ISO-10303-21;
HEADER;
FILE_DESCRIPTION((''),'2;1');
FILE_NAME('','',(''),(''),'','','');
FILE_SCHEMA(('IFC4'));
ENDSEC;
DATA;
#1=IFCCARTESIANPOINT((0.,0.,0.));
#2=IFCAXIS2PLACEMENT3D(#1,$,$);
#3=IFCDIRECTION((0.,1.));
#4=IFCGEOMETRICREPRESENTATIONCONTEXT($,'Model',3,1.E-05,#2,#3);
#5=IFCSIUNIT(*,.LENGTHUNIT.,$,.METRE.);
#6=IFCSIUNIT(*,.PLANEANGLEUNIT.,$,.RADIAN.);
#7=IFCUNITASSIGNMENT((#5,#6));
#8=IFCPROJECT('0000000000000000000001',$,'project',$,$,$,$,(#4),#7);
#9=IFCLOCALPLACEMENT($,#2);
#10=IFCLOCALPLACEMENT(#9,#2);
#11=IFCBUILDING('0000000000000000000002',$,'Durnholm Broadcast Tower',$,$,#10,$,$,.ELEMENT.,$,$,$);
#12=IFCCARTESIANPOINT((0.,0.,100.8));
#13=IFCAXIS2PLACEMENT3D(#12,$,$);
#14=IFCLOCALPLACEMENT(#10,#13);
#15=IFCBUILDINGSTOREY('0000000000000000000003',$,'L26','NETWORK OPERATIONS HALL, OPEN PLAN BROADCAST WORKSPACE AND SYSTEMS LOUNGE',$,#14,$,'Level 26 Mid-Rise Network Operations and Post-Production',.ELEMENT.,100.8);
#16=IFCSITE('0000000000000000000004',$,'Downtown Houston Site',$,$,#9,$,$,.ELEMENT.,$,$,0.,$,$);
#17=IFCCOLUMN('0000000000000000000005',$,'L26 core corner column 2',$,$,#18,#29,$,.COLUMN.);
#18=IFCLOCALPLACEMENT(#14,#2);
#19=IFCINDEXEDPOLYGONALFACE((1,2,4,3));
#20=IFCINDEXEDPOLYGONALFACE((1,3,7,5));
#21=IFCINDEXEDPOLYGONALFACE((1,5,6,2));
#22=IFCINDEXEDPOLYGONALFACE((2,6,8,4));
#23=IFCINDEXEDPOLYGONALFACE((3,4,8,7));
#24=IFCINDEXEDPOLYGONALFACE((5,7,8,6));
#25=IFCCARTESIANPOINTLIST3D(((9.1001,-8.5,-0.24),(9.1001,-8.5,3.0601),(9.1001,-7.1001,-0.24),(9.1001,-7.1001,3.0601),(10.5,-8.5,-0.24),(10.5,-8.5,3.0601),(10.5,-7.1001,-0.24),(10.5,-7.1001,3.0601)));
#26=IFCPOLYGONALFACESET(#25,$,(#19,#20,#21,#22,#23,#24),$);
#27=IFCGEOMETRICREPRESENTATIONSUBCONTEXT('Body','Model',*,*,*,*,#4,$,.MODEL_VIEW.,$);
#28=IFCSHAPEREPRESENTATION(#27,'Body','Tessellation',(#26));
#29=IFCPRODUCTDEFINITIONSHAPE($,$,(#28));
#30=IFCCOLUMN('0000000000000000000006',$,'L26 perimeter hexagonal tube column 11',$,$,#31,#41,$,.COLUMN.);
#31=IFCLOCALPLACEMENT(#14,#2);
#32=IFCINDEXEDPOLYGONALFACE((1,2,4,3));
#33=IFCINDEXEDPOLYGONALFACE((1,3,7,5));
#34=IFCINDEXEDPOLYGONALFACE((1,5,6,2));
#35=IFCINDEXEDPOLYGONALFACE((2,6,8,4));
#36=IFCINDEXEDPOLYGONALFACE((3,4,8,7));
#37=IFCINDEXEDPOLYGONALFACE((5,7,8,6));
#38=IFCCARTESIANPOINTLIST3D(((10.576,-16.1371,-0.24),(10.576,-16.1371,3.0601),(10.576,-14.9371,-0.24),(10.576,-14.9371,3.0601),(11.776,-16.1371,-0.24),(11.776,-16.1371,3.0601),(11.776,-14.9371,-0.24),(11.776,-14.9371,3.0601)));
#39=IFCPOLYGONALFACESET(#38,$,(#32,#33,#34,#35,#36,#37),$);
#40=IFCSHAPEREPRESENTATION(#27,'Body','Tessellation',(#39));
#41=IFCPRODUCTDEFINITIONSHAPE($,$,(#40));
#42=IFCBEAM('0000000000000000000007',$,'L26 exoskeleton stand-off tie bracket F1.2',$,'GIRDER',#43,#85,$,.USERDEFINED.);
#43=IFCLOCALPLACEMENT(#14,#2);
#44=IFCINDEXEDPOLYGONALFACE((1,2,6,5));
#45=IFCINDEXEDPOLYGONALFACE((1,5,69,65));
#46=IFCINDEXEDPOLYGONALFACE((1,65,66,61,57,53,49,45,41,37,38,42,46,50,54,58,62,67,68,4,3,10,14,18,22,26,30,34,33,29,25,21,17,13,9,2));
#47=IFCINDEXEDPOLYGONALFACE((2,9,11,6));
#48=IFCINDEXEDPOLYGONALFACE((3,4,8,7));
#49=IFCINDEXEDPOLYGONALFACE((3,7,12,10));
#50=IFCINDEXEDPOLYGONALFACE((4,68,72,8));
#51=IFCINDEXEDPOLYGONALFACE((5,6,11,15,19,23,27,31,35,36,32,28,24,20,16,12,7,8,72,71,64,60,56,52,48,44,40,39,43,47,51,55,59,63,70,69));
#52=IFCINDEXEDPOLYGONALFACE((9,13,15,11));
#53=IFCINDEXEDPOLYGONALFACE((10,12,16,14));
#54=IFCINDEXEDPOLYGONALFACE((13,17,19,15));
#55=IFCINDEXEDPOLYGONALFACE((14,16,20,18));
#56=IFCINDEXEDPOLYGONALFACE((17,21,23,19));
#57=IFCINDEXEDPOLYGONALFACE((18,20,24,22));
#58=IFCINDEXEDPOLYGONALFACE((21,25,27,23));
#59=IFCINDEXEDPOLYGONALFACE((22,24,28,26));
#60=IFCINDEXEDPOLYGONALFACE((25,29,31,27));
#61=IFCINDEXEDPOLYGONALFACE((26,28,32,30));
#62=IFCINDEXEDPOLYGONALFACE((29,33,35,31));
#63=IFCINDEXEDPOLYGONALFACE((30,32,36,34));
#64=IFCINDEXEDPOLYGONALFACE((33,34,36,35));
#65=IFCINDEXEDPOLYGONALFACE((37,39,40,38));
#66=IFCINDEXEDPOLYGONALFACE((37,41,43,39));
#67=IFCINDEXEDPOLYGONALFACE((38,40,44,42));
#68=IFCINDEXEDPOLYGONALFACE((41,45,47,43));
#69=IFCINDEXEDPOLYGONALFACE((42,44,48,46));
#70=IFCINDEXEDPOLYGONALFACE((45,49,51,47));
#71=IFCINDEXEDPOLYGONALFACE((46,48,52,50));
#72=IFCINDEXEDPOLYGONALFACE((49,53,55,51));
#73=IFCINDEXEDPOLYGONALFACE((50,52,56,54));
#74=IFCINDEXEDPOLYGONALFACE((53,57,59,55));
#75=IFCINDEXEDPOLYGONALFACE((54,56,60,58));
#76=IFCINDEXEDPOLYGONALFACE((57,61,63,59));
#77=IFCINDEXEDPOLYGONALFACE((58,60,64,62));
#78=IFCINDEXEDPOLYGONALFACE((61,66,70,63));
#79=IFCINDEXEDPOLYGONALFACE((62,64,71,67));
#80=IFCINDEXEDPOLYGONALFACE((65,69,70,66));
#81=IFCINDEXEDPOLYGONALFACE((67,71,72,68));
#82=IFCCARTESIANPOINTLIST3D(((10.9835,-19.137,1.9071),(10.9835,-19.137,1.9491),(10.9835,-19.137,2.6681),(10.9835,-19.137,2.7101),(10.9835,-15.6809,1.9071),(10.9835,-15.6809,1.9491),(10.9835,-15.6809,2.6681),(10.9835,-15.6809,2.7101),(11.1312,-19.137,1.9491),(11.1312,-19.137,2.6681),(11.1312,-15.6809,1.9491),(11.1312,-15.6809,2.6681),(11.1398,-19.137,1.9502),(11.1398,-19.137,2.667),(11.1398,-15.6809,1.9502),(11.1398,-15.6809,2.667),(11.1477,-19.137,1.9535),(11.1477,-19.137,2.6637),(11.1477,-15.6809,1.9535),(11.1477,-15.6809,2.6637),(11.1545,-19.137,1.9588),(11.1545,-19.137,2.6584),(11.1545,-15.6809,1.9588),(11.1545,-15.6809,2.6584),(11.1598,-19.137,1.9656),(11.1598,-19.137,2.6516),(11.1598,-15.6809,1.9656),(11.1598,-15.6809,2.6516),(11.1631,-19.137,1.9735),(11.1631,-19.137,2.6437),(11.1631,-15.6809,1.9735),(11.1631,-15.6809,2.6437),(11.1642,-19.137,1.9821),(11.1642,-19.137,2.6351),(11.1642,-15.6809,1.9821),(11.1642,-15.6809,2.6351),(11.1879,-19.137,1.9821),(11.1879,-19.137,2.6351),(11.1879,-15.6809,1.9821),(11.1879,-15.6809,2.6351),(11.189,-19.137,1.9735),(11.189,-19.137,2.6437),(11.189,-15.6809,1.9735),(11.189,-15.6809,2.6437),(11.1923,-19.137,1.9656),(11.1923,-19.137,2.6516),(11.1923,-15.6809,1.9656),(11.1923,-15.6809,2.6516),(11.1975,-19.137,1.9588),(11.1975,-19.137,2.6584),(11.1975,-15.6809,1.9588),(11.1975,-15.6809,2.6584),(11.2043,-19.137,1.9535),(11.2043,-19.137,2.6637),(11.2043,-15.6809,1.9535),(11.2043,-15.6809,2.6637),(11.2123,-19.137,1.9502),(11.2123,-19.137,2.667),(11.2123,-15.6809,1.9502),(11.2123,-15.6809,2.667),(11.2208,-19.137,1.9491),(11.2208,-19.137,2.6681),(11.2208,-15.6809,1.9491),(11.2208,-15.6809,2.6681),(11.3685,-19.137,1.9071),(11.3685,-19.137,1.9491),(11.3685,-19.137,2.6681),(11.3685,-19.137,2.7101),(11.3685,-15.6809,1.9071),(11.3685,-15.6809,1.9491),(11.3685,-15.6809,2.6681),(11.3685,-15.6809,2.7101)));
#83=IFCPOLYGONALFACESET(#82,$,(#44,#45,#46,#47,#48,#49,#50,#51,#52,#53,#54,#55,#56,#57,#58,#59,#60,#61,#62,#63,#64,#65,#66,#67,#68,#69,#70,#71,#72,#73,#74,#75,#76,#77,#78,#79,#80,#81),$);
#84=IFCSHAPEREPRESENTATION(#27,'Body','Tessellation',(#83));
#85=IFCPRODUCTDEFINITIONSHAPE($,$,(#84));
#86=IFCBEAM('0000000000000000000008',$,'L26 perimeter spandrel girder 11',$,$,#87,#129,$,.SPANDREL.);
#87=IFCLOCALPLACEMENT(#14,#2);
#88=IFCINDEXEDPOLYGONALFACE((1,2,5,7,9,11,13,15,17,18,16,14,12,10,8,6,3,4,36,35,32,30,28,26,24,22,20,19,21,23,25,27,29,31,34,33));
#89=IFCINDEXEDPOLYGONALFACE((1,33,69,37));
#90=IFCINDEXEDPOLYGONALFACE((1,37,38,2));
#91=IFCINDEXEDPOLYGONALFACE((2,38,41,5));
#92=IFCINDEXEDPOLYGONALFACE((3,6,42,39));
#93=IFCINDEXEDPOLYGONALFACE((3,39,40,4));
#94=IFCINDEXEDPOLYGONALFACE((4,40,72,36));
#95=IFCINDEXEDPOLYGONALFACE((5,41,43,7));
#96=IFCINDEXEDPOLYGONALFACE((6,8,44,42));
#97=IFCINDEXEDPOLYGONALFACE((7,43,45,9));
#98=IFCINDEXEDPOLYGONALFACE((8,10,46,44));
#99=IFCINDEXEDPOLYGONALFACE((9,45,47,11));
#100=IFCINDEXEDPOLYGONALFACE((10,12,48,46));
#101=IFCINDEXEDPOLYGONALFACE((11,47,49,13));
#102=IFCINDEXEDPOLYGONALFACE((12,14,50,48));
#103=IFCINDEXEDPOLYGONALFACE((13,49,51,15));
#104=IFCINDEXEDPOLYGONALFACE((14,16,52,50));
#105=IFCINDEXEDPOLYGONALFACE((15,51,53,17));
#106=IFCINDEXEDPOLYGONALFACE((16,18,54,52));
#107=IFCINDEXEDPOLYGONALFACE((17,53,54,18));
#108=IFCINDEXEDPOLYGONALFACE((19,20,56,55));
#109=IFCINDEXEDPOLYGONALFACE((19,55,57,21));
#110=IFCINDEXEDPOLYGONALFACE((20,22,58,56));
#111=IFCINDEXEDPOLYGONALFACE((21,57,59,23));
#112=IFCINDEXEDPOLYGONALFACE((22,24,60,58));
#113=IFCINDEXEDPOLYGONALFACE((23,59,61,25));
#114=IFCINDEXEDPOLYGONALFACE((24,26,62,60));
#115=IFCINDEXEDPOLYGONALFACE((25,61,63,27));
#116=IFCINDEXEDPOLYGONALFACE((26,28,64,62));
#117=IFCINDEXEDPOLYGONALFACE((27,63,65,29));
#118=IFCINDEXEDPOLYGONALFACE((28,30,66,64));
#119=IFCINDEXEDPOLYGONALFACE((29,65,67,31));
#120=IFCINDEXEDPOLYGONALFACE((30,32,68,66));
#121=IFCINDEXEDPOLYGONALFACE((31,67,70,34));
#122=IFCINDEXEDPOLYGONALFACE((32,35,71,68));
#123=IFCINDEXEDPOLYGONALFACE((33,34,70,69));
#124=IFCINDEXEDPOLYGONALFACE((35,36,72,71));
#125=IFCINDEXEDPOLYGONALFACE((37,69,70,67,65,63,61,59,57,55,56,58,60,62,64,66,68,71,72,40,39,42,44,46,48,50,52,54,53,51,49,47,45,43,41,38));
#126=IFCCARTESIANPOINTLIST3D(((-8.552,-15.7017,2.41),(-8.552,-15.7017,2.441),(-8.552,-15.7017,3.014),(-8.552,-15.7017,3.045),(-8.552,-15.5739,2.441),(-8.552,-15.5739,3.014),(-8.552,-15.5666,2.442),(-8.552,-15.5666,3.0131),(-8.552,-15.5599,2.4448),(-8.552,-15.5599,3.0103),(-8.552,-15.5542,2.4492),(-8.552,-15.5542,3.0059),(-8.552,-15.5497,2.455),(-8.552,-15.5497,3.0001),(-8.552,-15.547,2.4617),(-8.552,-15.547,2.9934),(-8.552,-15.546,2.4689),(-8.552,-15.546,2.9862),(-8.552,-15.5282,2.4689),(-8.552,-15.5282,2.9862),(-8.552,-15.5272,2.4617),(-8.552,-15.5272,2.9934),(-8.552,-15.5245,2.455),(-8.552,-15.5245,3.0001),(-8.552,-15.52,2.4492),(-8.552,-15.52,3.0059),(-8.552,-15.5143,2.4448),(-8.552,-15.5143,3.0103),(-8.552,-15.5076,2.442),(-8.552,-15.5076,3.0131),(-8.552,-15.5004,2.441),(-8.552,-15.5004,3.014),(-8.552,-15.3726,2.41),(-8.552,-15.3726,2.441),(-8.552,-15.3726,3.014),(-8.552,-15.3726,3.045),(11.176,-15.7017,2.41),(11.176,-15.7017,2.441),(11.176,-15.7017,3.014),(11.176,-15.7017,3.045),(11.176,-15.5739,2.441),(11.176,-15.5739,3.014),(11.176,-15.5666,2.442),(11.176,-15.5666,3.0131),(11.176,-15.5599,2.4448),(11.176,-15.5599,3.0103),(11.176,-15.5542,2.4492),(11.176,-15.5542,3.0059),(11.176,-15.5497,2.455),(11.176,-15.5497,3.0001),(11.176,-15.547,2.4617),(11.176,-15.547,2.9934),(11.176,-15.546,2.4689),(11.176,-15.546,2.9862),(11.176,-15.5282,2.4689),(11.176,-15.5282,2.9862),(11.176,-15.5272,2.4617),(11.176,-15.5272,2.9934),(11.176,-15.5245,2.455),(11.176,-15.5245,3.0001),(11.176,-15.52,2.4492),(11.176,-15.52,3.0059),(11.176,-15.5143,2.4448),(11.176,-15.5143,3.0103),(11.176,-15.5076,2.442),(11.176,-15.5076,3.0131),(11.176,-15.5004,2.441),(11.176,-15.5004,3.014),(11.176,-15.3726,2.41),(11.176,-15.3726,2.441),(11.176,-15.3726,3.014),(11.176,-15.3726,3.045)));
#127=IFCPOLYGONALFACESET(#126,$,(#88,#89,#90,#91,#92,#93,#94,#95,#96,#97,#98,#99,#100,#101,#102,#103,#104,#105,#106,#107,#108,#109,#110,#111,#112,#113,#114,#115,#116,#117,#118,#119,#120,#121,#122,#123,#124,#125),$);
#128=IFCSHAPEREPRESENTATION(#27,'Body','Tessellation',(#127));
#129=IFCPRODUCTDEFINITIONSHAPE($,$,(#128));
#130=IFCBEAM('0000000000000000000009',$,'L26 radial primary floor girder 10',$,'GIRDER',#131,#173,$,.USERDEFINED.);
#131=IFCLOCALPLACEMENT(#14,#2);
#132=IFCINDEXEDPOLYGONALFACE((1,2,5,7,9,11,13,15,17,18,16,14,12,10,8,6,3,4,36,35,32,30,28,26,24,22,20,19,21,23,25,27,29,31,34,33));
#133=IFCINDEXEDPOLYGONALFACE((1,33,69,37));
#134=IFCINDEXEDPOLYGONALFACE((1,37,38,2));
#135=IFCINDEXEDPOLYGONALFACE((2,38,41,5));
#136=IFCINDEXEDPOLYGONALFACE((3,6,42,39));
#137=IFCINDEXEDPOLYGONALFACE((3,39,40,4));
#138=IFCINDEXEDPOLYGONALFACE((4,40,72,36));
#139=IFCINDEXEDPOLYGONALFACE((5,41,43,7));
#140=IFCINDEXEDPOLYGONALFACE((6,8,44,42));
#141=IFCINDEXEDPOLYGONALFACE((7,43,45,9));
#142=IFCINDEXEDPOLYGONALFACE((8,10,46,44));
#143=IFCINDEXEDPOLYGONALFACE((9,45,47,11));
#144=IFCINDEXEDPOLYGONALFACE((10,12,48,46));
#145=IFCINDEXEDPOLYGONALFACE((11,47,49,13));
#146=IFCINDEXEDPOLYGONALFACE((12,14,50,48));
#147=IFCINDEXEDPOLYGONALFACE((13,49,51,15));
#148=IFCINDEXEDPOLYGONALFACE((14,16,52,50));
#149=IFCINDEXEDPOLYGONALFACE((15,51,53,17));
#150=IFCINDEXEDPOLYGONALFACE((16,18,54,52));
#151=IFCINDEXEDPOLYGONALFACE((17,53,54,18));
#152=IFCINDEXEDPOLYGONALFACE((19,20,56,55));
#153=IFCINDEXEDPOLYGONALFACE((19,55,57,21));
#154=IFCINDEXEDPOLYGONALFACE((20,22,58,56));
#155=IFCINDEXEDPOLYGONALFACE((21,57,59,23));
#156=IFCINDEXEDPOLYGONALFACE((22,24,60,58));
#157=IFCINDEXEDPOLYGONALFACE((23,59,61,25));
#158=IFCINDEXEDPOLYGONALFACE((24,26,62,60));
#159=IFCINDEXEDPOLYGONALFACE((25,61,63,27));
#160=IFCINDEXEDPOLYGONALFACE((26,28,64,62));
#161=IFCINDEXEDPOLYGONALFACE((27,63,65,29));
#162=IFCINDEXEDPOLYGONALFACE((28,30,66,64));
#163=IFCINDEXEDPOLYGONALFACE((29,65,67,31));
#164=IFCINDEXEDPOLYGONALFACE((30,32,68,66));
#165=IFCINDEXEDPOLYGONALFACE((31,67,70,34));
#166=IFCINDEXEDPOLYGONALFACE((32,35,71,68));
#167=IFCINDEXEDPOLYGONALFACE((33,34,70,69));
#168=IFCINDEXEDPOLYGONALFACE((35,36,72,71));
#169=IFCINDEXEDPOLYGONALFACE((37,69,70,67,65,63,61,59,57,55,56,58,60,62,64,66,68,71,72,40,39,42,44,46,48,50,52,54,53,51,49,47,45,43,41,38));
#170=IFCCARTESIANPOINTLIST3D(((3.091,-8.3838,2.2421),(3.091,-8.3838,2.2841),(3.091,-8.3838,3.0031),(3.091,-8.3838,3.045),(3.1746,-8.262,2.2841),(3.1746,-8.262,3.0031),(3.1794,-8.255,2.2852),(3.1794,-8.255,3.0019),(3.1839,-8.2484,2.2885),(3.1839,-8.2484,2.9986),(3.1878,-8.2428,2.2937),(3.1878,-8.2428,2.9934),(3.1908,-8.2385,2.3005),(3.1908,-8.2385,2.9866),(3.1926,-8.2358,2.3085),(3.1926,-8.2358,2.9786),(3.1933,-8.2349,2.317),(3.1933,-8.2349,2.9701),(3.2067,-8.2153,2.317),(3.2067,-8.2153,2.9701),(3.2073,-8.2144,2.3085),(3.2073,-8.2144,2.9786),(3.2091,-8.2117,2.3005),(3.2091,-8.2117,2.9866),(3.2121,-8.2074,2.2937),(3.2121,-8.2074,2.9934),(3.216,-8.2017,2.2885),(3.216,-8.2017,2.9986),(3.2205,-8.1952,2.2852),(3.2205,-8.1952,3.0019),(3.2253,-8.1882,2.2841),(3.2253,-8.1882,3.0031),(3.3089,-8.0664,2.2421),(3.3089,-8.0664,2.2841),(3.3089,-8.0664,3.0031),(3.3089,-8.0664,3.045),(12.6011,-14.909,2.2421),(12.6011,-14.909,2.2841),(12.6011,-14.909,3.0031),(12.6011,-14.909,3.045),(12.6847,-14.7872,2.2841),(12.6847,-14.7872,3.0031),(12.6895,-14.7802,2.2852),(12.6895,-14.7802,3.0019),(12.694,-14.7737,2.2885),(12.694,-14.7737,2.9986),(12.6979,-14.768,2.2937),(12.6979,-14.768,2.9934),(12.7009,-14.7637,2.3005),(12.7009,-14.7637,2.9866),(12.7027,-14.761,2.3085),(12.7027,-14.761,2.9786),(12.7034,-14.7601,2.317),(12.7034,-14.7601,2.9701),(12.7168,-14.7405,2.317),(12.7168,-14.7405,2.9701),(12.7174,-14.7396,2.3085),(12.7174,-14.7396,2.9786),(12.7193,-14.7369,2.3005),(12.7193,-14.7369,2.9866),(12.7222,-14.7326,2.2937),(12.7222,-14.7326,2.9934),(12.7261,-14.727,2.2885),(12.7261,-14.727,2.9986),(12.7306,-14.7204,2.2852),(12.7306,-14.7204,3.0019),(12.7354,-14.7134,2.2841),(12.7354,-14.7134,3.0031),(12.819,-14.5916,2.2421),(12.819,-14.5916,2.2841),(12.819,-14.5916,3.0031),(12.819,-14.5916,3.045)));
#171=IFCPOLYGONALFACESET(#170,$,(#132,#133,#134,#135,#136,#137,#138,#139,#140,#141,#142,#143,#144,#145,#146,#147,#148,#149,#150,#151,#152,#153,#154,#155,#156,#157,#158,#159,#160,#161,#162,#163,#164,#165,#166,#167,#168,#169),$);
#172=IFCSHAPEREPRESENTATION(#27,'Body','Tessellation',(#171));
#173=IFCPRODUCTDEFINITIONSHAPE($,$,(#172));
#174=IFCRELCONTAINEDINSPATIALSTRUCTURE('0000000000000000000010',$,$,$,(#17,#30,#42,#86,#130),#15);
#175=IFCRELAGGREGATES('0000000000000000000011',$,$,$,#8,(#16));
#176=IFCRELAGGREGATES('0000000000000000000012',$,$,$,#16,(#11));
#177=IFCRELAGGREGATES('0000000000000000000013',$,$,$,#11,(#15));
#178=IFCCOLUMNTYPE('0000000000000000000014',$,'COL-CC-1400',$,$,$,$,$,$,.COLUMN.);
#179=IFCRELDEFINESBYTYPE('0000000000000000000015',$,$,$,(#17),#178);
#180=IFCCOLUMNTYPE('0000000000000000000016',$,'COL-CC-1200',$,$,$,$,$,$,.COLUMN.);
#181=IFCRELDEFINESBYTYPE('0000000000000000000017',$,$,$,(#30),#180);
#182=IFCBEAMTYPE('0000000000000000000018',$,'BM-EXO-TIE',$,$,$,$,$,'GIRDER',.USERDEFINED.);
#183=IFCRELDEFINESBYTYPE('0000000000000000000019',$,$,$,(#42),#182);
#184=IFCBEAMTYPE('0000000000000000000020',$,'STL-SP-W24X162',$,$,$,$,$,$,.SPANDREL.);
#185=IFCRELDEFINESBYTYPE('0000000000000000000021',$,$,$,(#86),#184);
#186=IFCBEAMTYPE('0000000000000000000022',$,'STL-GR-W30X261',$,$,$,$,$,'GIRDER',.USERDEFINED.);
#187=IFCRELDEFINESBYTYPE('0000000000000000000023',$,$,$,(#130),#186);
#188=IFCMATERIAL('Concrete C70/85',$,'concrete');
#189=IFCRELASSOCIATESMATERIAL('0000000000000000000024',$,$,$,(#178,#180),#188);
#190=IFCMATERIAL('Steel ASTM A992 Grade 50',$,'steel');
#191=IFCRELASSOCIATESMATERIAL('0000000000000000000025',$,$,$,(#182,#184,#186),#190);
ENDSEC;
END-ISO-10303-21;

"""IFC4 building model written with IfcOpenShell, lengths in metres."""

from ifc_helpers import new_model, si_unit, direction, frame, origin, origin_2d, place, context, subcontext, project, spatial, rectangle, i_section, extrude, source, transform, mapped, material, material_profile, profile_set, type_object, type_shapes, element, save


model = new_model("IFC4")

# Units and contexts
model_context = context("Model", 3, precision=1e-05, world=origin(), true_north=direction((0.0, 1.0)))
body_context = subcontext(model_context, "Body", "Model", "MODEL_VIEW")
ifc_project = project(units=[si_unit("LENGTHUNIT", "METRE"), si_unit("PLANEANGLEUNIT", "RADIAN")], contexts=[model_context])

# Site, building, storey
site_placement = place(None, origin())
site = spatial("IfcSite", under=ifc_project, at=site_placement, Name="Downtown Houston Site", CompositionType="ELEMENT", RefElevation=0.0)
building_placement = place(site_placement, origin())
building = spatial("IfcBuilding", under=site, at=building_placement, Name="Durnholm Broadcast Tower", CompositionType="ELEMENT")
storey_placement = place(building_placement, frame((0.0, 0.0, 100.8)))
storey = spatial("IfcBuildingStorey", under=building, at=storey_placement, Name="L26", Description="NETWORK OPERATIONS HALL, OPEN PLAN BROADCAST WORKSPACE AND SYSTEMS LOUNGE", LongName="Level 26 Mid-Rise Network Operations and Post-Production", CompositionType="ELEMENT", Elevation=100.8)

# Columns
ifc_material_1 = material(Name="Concrete C70/85", Category="concrete")
ifc_material_profile_1 = material_profile(ifc_material_1, rectangle(XDim=1.3999, YDim=1.3999, at=origin_2d()), Name="RC1400X1400")
ifc_profile_set_1 = profile_set([ifc_material_profile_1], Name="Concrete C70/85")
column_type_1 = type_object("IfcColumnType", Name="COL-CC-1400", PredefinedType="COLUMN", material=ifc_profile_set_1)
shared_shape_1 = source(origin(), body_context, "Body", "SweptSolid", [
    extrude(rectangle(XDim=1.3999, YDim=1.3999, at=origin_2d()), origin(), (0.0, 0.0, 1.0), 3.3),
])
type_shapes(column_type_1, [shared_shape_1])
column_1_placement = place(storey_placement, frame((9.8, -7.8, -0.24), z_axis=(0.0, 0.0, 1.0), x_axis=(1.0, 0.0, 0.0)))
element("IfcColumn", 1, at=column_1_placement, inside=storey, type_object=column_type_1, Name="L26 core corner column 2", PredefinedType="COLUMN", context=body_context, shape_type="MappedRepresentation", body=[
    mapped(shared_shape_1, transform((0.0, 0.0, 0.0), x_axis=(1.0, 0.0, 0.0), y_axis=(0.0, 1.0, 0.0), z_axis=(0.0, 0.0, 1.0), scale=1.0)),
])
ifc_material_profile_2 = material_profile(ifc_material_1, rectangle(XDim=1.2, YDim=1.2, at=origin_2d()), Name="RC1200X1200")
ifc_profile_set_2 = profile_set([ifc_material_profile_2], Name="Concrete C70/85")
column_type_2 = type_object("IfcColumnType", Name="COL-CC-1200", PredefinedType="COLUMN", material=ifc_profile_set_2)
shared_shape_2 = source(origin(), body_context, "Body", "SweptSolid", [
    extrude(rectangle(XDim=1.2, YDim=1.2, at=origin_2d()), origin(), (0.0, 0.0, 1.0), 3.3),
])
type_shapes(column_type_2, [shared_shape_2])
column_2_placement = place(storey_placement, frame((11.176, -15.5371, -0.24), z_axis=(0.0, 0.0, 1.0), x_axis=(1.0, 0.0, 0.0)))
element("IfcColumn", 2, at=column_2_placement, inside=storey, type_object=column_type_2, Name="L26 perimeter hexagonal tube column 11", PredefinedType="COLUMN", context=body_context, shape_type="MappedRepresentation", body=[
    mapped(shared_shape_2, transform((0.0, 0.0, 0.0), x_axis=(1.0, 0.0, 0.0), y_axis=(0.0, 1.0, 0.0), z_axis=(0.0, 0.0, 1.0), scale=1.0)),
])

# Beams
ifc_material_2 = material(Name="Steel ASTM A992 Grade 50", Category="steel")
ifc_material_profile_3 = material_profile(ifc_material_2, i_section(OverallWidth=0.385, OverallDepth=0.803, WebThickness=0.0237, FlangeThickness=0.042, FilletRadius=0.033, at=origin_2d()), Name="W30X261")
ifc_profile_set_3 = profile_set([ifc_material_profile_3], Name="Steel ASTM A992 Grade 50")
beam_type_1 = type_object("IfcBeamType", Name="BM-EXO-TIE", ElementType="GIRDER", PredefinedType="USERDEFINED", material=ifc_profile_set_3)
shared_shape_3 = source(origin(), body_context, "Body", "SweptSolid", [
    extrude(i_section(OverallWidth=0.385, OverallDepth=0.803, WebThickness=0.0237, FlangeThickness=0.042, FilletRadius=0.033, at=origin_2d()), origin(), (0.0, 0.0, 1.0), 3.4561),
])
type_shapes(beam_type_1, [shared_shape_3])
beam_1_placement = place(storey_placement, frame((11.176, -15.6809, 2.3086), z_axis=(0.0, -1.0, 0.0), x_axis=(1.0, 0.0, 0.0)))
element("IfcBeam", 3, at=beam_1_placement, inside=storey, type_object=beam_type_1, Name="L26 exoskeleton stand-off tie bracket F1.2", ObjectType="GIRDER", PredefinedType="USERDEFINED", context=body_context, shape_type="MappedRepresentation", body=[
    mapped(shared_shape_3, transform((0.0, 0.0, 0.0), x_axis=(1.0, 0.0, 0.0), y_axis=(0.0, 1.0, 0.0), z_axis=(0.0, 0.0, 1.0), scale=1.0)),
])
ifc_material_profile_4 = material_profile(ifc_material_2, i_section(OverallWidth=0.3291, OverallDepth=0.635, WebThickness=0.0178, FlangeThickness=0.031, FilletRadius=0.0278, at=origin_2d()), Name="W24X162")
ifc_profile_set_4 = profile_set([ifc_material_profile_4], Name="Steel ASTM A992 Grade 50")
beam_type_2 = type_object("IfcBeamType", Name="STL-SP-W24X162", PredefinedType="SPANDREL", material=ifc_profile_set_4)
shared_shape_4 = source(origin(), body_context, "Body", "SweptSolid", [
    extrude(i_section(OverallWidth=0.3291, OverallDepth=0.635, WebThickness=0.0178, FlangeThickness=0.031, FilletRadius=0.0278, at=origin_2d()), origin(), (0.0, 0.0, 1.0), 19.728),
])
type_shapes(beam_type_2, [shared_shape_4])
beam_2_placement = place(storey_placement, frame((11.176, -15.5371, 2.7275), z_axis=(-1.0, 0.0, 0.0), x_axis=(0.0, -1.0, 0.0)))
element("IfcBeam", 4, at=beam_2_placement, inside=storey, type_object=beam_type_2, Name="L26 perimeter spandrel girder 11", PredefinedType="SPANDREL", context=body_context, shape_type="MappedRepresentation", body=[
    mapped(shared_shape_4, transform((0.0, 0.0, 0.0), x_axis=(1.0, 0.0, 0.0), y_axis=(0.0, 1.0, 0.0), z_axis=(0.0, 0.0, 1.0), scale=1.0)),
])
ifc_material_profile_5 = material_profile(ifc_material_2, i_section(OverallWidth=0.385, OverallDepth=0.803, WebThickness=0.0237, FlangeThickness=0.042, FilletRadius=0.033, at=origin_2d()), Name="W30X261")
ifc_profile_set_5 = profile_set([ifc_material_profile_5], Name="Steel ASTM A992 Grade 50")
beam_type_3 = type_object("IfcBeamType", Name="STL-GR-W30X261", ElementType="GIRDER", PredefinedType="USERDEFINED", material=ifc_profile_set_5)
shared_shape_5 = source(origin(), body_context, "Body", "SweptSolid", [
    extrude(i_section(OverallWidth=0.385, OverallDepth=0.803, WebThickness=0.0237, FlangeThickness=0.042, FilletRadius=0.033, at=origin_2d()), origin(), (0.0, 0.0, 1.0), 11.5334),
])
beam_3_placement = place(storey_placement, frame((3.2, -8.2251, 2.6436), z_axis=(0.824567, -0.565764, 0.0), x_axis=(0.565764, 0.824567, 0.0)))
element("IfcBeam", 5, at=beam_3_placement, inside=storey, type_object=beam_type_3, Name="L26 radial primary floor girder 10", ObjectType="GIRDER", PredefinedType="USERDEFINED", context=body_context, shape_type="MappedRepresentation", body=[
    mapped(shared_shape_5, transform((0.0, 0.0, 0.0), x_axis=(1.0, 0.0, 0.0), y_axis=(0.0, 1.0, 0.0), z_axis=(0.0, 0.0, 1.0), scale=1.0)),
])

save(model, "model.ifc")
